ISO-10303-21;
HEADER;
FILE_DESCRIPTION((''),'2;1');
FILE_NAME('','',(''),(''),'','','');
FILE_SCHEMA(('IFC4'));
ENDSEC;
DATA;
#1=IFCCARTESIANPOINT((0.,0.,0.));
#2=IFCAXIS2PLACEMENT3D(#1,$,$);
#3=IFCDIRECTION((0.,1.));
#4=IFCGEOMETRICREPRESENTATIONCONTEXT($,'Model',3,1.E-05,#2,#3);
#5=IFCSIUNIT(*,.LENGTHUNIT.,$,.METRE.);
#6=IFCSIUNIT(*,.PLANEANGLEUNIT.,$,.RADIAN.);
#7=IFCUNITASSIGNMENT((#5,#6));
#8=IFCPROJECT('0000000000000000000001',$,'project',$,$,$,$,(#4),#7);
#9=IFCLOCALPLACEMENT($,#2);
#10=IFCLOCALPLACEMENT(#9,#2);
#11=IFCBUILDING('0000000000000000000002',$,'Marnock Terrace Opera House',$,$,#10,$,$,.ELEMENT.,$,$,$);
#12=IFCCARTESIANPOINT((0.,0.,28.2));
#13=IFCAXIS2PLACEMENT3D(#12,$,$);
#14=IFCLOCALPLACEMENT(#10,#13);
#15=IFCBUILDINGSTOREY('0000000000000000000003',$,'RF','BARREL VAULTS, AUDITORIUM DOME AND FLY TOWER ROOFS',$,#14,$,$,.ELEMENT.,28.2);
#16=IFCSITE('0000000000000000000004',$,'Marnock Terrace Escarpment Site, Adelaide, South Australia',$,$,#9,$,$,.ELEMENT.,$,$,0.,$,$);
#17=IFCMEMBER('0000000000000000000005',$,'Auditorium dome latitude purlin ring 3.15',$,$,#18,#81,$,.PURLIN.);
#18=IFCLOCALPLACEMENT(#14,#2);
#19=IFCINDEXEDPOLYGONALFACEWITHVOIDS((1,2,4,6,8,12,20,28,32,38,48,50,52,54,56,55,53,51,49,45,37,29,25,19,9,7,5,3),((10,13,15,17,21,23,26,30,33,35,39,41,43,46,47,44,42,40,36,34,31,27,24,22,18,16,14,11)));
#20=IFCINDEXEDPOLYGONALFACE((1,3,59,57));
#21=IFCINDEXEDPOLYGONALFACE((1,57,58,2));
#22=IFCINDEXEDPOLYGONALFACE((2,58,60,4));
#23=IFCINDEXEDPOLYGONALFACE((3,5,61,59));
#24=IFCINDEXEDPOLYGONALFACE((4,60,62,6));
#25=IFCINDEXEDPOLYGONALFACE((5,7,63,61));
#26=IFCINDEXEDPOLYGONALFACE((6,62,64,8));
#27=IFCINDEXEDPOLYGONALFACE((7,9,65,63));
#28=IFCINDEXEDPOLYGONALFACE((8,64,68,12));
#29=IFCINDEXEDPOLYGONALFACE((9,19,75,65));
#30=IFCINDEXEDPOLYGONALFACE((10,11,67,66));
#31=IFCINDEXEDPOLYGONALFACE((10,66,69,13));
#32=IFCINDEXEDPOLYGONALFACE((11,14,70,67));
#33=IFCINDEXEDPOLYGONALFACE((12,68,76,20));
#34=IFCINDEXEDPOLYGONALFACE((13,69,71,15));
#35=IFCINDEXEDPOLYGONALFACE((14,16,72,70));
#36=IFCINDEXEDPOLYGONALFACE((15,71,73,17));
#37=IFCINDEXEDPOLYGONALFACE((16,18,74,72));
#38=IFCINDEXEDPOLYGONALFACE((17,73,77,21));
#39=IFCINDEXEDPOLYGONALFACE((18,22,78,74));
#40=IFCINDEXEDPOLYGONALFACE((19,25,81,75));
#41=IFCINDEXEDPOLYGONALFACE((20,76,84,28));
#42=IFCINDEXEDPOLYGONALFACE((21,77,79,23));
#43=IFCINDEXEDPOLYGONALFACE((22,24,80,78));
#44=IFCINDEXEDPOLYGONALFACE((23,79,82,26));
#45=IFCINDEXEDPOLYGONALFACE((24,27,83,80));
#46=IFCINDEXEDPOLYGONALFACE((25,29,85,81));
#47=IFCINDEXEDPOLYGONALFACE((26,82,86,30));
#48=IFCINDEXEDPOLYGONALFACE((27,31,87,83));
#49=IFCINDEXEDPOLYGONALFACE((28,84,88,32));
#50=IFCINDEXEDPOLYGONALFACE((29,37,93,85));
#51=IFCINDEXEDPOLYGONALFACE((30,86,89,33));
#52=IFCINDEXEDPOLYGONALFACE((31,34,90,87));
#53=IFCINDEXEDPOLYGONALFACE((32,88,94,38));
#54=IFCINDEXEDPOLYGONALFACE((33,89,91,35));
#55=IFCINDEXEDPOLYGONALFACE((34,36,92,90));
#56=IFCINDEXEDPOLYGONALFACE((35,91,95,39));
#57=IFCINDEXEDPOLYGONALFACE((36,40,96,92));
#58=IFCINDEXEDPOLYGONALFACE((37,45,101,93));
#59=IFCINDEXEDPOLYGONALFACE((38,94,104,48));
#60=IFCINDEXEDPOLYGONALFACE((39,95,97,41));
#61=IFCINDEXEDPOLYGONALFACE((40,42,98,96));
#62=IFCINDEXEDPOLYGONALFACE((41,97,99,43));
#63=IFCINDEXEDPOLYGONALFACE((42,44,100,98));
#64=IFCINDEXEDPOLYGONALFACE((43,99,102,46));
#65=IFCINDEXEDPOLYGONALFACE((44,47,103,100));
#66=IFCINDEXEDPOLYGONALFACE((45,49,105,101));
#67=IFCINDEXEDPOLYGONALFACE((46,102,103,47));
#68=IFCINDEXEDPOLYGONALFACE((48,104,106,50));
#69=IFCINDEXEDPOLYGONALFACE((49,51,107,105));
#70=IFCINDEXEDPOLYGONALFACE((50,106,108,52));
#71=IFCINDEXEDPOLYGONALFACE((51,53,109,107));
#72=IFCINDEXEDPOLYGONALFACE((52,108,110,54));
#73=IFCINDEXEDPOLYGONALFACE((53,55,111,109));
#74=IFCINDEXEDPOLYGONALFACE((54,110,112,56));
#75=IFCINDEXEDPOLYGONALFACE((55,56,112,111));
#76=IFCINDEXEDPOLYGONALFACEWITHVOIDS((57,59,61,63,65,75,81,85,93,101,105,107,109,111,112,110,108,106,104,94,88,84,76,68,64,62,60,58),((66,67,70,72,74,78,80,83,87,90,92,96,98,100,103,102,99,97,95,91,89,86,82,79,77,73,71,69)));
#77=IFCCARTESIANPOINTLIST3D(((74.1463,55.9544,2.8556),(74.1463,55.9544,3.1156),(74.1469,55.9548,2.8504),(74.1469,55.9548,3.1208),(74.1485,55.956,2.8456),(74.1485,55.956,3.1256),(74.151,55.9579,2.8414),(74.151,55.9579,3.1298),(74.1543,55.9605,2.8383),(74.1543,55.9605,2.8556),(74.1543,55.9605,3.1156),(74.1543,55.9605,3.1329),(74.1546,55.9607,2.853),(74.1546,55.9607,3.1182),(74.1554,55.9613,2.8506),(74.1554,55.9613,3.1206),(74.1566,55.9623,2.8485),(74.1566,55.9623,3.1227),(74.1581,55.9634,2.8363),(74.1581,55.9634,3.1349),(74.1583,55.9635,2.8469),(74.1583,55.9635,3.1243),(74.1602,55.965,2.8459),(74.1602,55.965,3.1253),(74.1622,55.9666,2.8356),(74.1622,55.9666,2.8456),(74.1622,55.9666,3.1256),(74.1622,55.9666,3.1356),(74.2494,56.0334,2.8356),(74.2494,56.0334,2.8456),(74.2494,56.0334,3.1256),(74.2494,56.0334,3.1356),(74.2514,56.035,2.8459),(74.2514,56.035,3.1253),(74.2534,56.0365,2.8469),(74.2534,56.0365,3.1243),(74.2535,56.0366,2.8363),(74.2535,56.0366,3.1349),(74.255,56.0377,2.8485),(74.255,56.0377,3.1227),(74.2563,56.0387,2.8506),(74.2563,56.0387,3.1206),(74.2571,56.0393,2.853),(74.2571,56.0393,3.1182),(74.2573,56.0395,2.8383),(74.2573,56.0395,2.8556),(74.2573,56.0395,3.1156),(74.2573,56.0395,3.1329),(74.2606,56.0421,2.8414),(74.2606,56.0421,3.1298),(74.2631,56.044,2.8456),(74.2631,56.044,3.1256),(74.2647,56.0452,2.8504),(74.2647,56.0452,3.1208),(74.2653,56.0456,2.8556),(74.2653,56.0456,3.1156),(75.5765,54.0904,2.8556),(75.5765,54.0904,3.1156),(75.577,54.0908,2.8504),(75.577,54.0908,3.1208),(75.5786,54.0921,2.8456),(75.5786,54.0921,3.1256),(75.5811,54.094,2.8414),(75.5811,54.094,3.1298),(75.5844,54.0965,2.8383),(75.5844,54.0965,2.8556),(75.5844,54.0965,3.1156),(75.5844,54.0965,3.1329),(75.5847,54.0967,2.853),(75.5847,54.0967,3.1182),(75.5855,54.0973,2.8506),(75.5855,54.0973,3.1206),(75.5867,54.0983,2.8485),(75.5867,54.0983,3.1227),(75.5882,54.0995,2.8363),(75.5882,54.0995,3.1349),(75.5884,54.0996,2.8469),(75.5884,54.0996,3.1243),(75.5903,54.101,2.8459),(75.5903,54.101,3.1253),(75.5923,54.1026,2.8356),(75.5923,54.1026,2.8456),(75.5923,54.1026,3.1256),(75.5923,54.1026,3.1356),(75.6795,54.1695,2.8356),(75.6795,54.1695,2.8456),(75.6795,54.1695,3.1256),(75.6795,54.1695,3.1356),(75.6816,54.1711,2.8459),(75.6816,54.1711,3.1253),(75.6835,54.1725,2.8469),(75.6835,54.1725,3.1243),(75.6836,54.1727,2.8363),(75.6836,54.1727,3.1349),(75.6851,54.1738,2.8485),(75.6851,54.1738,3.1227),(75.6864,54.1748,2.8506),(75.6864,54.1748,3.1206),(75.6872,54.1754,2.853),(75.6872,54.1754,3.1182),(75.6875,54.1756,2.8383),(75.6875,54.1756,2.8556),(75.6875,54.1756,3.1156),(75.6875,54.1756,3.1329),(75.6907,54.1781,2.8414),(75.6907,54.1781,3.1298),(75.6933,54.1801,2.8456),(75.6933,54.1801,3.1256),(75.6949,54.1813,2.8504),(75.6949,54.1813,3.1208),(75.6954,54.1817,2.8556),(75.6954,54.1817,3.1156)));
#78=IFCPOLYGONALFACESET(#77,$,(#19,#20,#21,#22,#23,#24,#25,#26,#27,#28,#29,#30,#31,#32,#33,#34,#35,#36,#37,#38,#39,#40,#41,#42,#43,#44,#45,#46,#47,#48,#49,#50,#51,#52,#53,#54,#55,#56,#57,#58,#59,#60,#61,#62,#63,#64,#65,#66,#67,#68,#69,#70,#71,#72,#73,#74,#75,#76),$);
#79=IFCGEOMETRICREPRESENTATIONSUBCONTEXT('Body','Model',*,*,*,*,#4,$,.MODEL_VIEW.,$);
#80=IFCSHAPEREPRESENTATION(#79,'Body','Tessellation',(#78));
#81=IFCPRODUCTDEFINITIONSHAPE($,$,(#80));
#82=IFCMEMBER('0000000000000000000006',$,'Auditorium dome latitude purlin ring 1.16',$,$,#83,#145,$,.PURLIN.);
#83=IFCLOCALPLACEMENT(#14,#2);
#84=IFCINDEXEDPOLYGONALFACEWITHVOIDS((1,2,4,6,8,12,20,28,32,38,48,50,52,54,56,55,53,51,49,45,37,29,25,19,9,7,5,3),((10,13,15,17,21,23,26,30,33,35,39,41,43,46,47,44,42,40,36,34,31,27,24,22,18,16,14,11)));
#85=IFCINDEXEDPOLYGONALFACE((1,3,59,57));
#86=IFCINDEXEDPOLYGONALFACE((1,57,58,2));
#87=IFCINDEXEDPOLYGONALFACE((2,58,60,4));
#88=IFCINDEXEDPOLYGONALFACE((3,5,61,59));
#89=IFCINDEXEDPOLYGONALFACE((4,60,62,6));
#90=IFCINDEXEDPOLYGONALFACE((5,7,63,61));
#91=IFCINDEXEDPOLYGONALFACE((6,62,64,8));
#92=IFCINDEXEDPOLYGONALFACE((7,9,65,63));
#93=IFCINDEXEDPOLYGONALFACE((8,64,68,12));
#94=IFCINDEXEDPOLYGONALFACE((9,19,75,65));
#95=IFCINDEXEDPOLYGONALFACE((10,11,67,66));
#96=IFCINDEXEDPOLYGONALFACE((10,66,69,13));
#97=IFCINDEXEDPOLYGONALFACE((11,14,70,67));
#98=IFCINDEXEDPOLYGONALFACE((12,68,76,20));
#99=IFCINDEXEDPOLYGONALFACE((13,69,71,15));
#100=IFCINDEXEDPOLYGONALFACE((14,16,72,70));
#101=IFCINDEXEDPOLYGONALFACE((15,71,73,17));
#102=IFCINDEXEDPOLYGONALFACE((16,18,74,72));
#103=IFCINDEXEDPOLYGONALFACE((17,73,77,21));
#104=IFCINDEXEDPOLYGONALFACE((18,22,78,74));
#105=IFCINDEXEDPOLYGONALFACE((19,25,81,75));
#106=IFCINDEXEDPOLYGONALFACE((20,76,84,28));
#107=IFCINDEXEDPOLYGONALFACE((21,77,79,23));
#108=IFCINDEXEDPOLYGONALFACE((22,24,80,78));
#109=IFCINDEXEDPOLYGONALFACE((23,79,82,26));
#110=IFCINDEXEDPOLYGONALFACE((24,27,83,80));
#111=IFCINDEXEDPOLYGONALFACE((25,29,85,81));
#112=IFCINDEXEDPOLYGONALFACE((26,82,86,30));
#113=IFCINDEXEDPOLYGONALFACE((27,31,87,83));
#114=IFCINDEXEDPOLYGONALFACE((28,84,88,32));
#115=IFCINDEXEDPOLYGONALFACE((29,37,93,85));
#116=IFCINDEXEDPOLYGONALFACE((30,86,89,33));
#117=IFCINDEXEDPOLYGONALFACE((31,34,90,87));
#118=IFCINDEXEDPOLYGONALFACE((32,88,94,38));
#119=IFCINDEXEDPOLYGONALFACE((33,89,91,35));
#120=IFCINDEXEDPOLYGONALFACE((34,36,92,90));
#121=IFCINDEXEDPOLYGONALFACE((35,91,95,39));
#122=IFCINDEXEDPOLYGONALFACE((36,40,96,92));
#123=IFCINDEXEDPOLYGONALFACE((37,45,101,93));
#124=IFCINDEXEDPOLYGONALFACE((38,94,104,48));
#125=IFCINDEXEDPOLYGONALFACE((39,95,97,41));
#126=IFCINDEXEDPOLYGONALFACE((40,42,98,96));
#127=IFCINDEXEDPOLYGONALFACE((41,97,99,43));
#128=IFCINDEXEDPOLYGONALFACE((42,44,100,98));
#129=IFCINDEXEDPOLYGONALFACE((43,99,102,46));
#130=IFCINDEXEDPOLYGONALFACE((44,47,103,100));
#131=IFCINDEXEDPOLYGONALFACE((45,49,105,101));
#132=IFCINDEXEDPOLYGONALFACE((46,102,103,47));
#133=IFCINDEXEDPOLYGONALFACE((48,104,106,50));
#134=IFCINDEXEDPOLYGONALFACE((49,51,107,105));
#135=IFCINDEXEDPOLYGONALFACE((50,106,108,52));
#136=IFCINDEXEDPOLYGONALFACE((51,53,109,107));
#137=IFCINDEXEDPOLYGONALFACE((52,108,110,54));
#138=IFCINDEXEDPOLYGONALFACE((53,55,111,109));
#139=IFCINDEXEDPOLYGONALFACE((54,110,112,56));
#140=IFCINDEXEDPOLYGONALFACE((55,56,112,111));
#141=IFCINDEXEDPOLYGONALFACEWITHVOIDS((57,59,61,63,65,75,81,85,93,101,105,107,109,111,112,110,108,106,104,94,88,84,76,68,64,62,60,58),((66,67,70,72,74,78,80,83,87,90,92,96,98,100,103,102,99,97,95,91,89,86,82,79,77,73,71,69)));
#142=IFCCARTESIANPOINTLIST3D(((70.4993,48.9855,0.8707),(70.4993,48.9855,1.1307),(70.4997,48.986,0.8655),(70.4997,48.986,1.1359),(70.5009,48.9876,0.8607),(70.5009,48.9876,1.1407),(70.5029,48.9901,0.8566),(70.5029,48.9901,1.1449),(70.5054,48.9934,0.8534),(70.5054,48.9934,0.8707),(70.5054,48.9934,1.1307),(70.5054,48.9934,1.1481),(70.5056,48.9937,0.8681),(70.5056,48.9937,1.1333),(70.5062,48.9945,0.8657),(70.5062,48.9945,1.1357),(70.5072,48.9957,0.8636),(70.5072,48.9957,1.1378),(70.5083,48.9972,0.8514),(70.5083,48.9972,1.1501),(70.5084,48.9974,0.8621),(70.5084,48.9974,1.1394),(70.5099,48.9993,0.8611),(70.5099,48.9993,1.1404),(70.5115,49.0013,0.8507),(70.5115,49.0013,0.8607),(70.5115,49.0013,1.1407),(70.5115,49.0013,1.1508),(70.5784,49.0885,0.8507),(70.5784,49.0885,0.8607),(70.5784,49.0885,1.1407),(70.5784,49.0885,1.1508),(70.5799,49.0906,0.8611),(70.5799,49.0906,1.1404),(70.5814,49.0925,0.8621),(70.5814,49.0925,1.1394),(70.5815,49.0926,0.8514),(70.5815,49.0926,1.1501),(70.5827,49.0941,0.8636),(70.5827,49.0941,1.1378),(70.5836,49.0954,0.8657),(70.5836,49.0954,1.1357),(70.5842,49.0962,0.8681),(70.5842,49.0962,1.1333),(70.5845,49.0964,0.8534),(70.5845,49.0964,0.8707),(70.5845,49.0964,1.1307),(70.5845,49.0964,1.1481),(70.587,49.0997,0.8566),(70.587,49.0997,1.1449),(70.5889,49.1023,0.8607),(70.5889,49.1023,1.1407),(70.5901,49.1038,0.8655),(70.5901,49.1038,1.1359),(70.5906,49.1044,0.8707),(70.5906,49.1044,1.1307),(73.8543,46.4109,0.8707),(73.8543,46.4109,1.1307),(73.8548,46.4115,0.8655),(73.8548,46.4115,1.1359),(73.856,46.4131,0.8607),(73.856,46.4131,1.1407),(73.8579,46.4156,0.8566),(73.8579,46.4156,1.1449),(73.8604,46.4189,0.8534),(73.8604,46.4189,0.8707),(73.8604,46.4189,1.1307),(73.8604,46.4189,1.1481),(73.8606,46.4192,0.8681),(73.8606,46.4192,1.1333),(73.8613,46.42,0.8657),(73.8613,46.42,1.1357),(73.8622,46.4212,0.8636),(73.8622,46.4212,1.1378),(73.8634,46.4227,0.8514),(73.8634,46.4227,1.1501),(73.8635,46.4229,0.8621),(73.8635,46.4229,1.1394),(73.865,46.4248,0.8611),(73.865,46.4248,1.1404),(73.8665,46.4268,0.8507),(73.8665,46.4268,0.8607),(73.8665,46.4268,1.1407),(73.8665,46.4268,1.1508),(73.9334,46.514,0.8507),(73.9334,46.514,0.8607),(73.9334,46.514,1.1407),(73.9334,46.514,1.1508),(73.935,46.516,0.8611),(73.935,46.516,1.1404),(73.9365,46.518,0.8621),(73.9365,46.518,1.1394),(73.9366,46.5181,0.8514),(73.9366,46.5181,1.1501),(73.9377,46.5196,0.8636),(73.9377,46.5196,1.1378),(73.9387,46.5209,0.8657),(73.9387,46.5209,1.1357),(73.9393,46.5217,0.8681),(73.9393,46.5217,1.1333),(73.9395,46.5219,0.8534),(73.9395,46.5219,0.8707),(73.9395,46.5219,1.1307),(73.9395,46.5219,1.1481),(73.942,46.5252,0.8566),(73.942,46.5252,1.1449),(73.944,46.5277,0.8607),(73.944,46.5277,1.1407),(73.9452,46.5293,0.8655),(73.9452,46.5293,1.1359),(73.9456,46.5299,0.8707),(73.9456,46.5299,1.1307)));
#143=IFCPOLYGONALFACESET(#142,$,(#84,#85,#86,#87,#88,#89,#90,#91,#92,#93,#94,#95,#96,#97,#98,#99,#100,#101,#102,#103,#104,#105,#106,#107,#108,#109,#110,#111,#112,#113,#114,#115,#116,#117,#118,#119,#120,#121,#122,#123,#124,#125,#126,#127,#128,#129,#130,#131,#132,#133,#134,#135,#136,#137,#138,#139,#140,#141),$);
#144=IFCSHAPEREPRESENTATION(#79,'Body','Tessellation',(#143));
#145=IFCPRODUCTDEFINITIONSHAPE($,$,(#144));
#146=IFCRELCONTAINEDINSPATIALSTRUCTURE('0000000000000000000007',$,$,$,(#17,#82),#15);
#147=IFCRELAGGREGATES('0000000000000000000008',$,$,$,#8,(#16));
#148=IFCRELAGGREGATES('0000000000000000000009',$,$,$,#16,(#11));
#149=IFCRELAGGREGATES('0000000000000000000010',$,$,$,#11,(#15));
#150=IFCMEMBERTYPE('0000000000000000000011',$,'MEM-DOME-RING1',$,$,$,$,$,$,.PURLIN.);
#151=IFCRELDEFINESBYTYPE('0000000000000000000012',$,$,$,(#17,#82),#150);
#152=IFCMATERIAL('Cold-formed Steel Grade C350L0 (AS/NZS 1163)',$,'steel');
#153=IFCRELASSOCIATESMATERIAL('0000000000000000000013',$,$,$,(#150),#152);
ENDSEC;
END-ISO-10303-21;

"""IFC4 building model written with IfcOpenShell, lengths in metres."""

from ifc_helpers import new_model, si_unit, direction, frame, origin, origin_2d, place, context, subcontext, project, spatial, hollow_rectangle, extrude, material, material_profile, profile_set, type_object, element, save


model = new_model("IFC4")

# Units and contexts
model_context = context("Model", 3, precision=1e-05, world=origin(), true_north=direction((0.0, 1.0)))
body_context = subcontext(model_context, "Body", "Model", "MODEL_VIEW")
ifc_project = project(units=[si_unit("LENGTHUNIT", "METRE"), si_unit("PLANEANGLEUNIT", "RADIAN")], contexts=[model_context])

# Site, building, storey
site_placement = place(None, origin())
site = spatial("IfcSite", under=ifc_project, at=site_placement, Name="Marnock Terrace Escarpment Site, Adelaide, South Australia", CompositionType="ELEMENT", RefElevation=0.0)
building_placement = place(site_placement, origin())
building = spatial("IfcBuilding", under=site, at=building_placement, Name="Marnock Terrace Opera House", CompositionType="ELEMENT")
storey_placement = place(building_placement, frame((0.0, 0.0, 28.2)))
storey = spatial("IfcBuildingStorey", under=building, at=storey_placement, Name="RF", Description="BARREL VAULTS, AUDITORIUM DOME AND FLY TOWER ROOFS", CompositionType="ELEMENT", Elevation=28.2)

# Members
ifc_material_1 = material(Name="Cold-formed Steel Grade C350L0 (AS/NZS 1163)", Category="steel")
ifc_material_profile_1 = material_profile(ifc_material_1, hollow_rectangle(XDim=0.1499, YDim=0.3, WallThickness=0.01, InnerFilletRadius=0.01, OuterFilletRadius=0.02, at=origin_2d()))
ifc_profile_set_1 = profile_set([ifc_material_profile_1], Name="Cold-formed Steel Grade C350L0 (AS/NZS 1163)")
member_type_1 = type_object("IfcMemberType", Name="MEM-DOME-RING1", PredefinedType="PURLIN", material=ifc_profile_set_1)
member_1_placement = place(storey_placement, frame((74.2058, 56.0, 2.9856), z_axis=(0.608726, -0.793381, 0.0), x_axis=(0.793381, 0.608726, 0.0)))
element("IfcMember", 1, at=member_1_placement, inside=storey, type_object=member_type_1, Name="Auditorium dome latitude purlin ring 3.15", PredefinedType="PURLIN", context=body_context, shape_type="SweptSolid", body=[
    extrude(hollow_rectangle(XDim=0.1499, YDim=0.3, WallThickness=0.01, InnerFilletRadius=0.01, OuterFilletRadius=0.02, at=origin_2d()), origin(), (0.0, 0.0, 1.0), 2.3494),
])
member_2_placement = place(storey_placement, frame((70.5449, 49.0449, 1.0007), z_axis=(0.793342, -0.608776, 0.0), x_axis=(0.608776, 0.793342, 0.0)))
element("IfcMember", 2, at=member_2_placement, inside=storey, type_object=member_type_1, Name="Auditorium dome latitude purlin ring 1.16", PredefinedType="PURLIN", context=body_context, shape_type="SweptSolid", body=[
    extrude(hollow_rectangle(XDim=0.1499, YDim=0.3, WallThickness=0.01, InnerFilletRadius=0.01, OuterFilletRadius=0.02, at=origin_2d()), origin(), (0.0, 0.0, 1.0), 4.229),
])

save(model, "model.ifc")
